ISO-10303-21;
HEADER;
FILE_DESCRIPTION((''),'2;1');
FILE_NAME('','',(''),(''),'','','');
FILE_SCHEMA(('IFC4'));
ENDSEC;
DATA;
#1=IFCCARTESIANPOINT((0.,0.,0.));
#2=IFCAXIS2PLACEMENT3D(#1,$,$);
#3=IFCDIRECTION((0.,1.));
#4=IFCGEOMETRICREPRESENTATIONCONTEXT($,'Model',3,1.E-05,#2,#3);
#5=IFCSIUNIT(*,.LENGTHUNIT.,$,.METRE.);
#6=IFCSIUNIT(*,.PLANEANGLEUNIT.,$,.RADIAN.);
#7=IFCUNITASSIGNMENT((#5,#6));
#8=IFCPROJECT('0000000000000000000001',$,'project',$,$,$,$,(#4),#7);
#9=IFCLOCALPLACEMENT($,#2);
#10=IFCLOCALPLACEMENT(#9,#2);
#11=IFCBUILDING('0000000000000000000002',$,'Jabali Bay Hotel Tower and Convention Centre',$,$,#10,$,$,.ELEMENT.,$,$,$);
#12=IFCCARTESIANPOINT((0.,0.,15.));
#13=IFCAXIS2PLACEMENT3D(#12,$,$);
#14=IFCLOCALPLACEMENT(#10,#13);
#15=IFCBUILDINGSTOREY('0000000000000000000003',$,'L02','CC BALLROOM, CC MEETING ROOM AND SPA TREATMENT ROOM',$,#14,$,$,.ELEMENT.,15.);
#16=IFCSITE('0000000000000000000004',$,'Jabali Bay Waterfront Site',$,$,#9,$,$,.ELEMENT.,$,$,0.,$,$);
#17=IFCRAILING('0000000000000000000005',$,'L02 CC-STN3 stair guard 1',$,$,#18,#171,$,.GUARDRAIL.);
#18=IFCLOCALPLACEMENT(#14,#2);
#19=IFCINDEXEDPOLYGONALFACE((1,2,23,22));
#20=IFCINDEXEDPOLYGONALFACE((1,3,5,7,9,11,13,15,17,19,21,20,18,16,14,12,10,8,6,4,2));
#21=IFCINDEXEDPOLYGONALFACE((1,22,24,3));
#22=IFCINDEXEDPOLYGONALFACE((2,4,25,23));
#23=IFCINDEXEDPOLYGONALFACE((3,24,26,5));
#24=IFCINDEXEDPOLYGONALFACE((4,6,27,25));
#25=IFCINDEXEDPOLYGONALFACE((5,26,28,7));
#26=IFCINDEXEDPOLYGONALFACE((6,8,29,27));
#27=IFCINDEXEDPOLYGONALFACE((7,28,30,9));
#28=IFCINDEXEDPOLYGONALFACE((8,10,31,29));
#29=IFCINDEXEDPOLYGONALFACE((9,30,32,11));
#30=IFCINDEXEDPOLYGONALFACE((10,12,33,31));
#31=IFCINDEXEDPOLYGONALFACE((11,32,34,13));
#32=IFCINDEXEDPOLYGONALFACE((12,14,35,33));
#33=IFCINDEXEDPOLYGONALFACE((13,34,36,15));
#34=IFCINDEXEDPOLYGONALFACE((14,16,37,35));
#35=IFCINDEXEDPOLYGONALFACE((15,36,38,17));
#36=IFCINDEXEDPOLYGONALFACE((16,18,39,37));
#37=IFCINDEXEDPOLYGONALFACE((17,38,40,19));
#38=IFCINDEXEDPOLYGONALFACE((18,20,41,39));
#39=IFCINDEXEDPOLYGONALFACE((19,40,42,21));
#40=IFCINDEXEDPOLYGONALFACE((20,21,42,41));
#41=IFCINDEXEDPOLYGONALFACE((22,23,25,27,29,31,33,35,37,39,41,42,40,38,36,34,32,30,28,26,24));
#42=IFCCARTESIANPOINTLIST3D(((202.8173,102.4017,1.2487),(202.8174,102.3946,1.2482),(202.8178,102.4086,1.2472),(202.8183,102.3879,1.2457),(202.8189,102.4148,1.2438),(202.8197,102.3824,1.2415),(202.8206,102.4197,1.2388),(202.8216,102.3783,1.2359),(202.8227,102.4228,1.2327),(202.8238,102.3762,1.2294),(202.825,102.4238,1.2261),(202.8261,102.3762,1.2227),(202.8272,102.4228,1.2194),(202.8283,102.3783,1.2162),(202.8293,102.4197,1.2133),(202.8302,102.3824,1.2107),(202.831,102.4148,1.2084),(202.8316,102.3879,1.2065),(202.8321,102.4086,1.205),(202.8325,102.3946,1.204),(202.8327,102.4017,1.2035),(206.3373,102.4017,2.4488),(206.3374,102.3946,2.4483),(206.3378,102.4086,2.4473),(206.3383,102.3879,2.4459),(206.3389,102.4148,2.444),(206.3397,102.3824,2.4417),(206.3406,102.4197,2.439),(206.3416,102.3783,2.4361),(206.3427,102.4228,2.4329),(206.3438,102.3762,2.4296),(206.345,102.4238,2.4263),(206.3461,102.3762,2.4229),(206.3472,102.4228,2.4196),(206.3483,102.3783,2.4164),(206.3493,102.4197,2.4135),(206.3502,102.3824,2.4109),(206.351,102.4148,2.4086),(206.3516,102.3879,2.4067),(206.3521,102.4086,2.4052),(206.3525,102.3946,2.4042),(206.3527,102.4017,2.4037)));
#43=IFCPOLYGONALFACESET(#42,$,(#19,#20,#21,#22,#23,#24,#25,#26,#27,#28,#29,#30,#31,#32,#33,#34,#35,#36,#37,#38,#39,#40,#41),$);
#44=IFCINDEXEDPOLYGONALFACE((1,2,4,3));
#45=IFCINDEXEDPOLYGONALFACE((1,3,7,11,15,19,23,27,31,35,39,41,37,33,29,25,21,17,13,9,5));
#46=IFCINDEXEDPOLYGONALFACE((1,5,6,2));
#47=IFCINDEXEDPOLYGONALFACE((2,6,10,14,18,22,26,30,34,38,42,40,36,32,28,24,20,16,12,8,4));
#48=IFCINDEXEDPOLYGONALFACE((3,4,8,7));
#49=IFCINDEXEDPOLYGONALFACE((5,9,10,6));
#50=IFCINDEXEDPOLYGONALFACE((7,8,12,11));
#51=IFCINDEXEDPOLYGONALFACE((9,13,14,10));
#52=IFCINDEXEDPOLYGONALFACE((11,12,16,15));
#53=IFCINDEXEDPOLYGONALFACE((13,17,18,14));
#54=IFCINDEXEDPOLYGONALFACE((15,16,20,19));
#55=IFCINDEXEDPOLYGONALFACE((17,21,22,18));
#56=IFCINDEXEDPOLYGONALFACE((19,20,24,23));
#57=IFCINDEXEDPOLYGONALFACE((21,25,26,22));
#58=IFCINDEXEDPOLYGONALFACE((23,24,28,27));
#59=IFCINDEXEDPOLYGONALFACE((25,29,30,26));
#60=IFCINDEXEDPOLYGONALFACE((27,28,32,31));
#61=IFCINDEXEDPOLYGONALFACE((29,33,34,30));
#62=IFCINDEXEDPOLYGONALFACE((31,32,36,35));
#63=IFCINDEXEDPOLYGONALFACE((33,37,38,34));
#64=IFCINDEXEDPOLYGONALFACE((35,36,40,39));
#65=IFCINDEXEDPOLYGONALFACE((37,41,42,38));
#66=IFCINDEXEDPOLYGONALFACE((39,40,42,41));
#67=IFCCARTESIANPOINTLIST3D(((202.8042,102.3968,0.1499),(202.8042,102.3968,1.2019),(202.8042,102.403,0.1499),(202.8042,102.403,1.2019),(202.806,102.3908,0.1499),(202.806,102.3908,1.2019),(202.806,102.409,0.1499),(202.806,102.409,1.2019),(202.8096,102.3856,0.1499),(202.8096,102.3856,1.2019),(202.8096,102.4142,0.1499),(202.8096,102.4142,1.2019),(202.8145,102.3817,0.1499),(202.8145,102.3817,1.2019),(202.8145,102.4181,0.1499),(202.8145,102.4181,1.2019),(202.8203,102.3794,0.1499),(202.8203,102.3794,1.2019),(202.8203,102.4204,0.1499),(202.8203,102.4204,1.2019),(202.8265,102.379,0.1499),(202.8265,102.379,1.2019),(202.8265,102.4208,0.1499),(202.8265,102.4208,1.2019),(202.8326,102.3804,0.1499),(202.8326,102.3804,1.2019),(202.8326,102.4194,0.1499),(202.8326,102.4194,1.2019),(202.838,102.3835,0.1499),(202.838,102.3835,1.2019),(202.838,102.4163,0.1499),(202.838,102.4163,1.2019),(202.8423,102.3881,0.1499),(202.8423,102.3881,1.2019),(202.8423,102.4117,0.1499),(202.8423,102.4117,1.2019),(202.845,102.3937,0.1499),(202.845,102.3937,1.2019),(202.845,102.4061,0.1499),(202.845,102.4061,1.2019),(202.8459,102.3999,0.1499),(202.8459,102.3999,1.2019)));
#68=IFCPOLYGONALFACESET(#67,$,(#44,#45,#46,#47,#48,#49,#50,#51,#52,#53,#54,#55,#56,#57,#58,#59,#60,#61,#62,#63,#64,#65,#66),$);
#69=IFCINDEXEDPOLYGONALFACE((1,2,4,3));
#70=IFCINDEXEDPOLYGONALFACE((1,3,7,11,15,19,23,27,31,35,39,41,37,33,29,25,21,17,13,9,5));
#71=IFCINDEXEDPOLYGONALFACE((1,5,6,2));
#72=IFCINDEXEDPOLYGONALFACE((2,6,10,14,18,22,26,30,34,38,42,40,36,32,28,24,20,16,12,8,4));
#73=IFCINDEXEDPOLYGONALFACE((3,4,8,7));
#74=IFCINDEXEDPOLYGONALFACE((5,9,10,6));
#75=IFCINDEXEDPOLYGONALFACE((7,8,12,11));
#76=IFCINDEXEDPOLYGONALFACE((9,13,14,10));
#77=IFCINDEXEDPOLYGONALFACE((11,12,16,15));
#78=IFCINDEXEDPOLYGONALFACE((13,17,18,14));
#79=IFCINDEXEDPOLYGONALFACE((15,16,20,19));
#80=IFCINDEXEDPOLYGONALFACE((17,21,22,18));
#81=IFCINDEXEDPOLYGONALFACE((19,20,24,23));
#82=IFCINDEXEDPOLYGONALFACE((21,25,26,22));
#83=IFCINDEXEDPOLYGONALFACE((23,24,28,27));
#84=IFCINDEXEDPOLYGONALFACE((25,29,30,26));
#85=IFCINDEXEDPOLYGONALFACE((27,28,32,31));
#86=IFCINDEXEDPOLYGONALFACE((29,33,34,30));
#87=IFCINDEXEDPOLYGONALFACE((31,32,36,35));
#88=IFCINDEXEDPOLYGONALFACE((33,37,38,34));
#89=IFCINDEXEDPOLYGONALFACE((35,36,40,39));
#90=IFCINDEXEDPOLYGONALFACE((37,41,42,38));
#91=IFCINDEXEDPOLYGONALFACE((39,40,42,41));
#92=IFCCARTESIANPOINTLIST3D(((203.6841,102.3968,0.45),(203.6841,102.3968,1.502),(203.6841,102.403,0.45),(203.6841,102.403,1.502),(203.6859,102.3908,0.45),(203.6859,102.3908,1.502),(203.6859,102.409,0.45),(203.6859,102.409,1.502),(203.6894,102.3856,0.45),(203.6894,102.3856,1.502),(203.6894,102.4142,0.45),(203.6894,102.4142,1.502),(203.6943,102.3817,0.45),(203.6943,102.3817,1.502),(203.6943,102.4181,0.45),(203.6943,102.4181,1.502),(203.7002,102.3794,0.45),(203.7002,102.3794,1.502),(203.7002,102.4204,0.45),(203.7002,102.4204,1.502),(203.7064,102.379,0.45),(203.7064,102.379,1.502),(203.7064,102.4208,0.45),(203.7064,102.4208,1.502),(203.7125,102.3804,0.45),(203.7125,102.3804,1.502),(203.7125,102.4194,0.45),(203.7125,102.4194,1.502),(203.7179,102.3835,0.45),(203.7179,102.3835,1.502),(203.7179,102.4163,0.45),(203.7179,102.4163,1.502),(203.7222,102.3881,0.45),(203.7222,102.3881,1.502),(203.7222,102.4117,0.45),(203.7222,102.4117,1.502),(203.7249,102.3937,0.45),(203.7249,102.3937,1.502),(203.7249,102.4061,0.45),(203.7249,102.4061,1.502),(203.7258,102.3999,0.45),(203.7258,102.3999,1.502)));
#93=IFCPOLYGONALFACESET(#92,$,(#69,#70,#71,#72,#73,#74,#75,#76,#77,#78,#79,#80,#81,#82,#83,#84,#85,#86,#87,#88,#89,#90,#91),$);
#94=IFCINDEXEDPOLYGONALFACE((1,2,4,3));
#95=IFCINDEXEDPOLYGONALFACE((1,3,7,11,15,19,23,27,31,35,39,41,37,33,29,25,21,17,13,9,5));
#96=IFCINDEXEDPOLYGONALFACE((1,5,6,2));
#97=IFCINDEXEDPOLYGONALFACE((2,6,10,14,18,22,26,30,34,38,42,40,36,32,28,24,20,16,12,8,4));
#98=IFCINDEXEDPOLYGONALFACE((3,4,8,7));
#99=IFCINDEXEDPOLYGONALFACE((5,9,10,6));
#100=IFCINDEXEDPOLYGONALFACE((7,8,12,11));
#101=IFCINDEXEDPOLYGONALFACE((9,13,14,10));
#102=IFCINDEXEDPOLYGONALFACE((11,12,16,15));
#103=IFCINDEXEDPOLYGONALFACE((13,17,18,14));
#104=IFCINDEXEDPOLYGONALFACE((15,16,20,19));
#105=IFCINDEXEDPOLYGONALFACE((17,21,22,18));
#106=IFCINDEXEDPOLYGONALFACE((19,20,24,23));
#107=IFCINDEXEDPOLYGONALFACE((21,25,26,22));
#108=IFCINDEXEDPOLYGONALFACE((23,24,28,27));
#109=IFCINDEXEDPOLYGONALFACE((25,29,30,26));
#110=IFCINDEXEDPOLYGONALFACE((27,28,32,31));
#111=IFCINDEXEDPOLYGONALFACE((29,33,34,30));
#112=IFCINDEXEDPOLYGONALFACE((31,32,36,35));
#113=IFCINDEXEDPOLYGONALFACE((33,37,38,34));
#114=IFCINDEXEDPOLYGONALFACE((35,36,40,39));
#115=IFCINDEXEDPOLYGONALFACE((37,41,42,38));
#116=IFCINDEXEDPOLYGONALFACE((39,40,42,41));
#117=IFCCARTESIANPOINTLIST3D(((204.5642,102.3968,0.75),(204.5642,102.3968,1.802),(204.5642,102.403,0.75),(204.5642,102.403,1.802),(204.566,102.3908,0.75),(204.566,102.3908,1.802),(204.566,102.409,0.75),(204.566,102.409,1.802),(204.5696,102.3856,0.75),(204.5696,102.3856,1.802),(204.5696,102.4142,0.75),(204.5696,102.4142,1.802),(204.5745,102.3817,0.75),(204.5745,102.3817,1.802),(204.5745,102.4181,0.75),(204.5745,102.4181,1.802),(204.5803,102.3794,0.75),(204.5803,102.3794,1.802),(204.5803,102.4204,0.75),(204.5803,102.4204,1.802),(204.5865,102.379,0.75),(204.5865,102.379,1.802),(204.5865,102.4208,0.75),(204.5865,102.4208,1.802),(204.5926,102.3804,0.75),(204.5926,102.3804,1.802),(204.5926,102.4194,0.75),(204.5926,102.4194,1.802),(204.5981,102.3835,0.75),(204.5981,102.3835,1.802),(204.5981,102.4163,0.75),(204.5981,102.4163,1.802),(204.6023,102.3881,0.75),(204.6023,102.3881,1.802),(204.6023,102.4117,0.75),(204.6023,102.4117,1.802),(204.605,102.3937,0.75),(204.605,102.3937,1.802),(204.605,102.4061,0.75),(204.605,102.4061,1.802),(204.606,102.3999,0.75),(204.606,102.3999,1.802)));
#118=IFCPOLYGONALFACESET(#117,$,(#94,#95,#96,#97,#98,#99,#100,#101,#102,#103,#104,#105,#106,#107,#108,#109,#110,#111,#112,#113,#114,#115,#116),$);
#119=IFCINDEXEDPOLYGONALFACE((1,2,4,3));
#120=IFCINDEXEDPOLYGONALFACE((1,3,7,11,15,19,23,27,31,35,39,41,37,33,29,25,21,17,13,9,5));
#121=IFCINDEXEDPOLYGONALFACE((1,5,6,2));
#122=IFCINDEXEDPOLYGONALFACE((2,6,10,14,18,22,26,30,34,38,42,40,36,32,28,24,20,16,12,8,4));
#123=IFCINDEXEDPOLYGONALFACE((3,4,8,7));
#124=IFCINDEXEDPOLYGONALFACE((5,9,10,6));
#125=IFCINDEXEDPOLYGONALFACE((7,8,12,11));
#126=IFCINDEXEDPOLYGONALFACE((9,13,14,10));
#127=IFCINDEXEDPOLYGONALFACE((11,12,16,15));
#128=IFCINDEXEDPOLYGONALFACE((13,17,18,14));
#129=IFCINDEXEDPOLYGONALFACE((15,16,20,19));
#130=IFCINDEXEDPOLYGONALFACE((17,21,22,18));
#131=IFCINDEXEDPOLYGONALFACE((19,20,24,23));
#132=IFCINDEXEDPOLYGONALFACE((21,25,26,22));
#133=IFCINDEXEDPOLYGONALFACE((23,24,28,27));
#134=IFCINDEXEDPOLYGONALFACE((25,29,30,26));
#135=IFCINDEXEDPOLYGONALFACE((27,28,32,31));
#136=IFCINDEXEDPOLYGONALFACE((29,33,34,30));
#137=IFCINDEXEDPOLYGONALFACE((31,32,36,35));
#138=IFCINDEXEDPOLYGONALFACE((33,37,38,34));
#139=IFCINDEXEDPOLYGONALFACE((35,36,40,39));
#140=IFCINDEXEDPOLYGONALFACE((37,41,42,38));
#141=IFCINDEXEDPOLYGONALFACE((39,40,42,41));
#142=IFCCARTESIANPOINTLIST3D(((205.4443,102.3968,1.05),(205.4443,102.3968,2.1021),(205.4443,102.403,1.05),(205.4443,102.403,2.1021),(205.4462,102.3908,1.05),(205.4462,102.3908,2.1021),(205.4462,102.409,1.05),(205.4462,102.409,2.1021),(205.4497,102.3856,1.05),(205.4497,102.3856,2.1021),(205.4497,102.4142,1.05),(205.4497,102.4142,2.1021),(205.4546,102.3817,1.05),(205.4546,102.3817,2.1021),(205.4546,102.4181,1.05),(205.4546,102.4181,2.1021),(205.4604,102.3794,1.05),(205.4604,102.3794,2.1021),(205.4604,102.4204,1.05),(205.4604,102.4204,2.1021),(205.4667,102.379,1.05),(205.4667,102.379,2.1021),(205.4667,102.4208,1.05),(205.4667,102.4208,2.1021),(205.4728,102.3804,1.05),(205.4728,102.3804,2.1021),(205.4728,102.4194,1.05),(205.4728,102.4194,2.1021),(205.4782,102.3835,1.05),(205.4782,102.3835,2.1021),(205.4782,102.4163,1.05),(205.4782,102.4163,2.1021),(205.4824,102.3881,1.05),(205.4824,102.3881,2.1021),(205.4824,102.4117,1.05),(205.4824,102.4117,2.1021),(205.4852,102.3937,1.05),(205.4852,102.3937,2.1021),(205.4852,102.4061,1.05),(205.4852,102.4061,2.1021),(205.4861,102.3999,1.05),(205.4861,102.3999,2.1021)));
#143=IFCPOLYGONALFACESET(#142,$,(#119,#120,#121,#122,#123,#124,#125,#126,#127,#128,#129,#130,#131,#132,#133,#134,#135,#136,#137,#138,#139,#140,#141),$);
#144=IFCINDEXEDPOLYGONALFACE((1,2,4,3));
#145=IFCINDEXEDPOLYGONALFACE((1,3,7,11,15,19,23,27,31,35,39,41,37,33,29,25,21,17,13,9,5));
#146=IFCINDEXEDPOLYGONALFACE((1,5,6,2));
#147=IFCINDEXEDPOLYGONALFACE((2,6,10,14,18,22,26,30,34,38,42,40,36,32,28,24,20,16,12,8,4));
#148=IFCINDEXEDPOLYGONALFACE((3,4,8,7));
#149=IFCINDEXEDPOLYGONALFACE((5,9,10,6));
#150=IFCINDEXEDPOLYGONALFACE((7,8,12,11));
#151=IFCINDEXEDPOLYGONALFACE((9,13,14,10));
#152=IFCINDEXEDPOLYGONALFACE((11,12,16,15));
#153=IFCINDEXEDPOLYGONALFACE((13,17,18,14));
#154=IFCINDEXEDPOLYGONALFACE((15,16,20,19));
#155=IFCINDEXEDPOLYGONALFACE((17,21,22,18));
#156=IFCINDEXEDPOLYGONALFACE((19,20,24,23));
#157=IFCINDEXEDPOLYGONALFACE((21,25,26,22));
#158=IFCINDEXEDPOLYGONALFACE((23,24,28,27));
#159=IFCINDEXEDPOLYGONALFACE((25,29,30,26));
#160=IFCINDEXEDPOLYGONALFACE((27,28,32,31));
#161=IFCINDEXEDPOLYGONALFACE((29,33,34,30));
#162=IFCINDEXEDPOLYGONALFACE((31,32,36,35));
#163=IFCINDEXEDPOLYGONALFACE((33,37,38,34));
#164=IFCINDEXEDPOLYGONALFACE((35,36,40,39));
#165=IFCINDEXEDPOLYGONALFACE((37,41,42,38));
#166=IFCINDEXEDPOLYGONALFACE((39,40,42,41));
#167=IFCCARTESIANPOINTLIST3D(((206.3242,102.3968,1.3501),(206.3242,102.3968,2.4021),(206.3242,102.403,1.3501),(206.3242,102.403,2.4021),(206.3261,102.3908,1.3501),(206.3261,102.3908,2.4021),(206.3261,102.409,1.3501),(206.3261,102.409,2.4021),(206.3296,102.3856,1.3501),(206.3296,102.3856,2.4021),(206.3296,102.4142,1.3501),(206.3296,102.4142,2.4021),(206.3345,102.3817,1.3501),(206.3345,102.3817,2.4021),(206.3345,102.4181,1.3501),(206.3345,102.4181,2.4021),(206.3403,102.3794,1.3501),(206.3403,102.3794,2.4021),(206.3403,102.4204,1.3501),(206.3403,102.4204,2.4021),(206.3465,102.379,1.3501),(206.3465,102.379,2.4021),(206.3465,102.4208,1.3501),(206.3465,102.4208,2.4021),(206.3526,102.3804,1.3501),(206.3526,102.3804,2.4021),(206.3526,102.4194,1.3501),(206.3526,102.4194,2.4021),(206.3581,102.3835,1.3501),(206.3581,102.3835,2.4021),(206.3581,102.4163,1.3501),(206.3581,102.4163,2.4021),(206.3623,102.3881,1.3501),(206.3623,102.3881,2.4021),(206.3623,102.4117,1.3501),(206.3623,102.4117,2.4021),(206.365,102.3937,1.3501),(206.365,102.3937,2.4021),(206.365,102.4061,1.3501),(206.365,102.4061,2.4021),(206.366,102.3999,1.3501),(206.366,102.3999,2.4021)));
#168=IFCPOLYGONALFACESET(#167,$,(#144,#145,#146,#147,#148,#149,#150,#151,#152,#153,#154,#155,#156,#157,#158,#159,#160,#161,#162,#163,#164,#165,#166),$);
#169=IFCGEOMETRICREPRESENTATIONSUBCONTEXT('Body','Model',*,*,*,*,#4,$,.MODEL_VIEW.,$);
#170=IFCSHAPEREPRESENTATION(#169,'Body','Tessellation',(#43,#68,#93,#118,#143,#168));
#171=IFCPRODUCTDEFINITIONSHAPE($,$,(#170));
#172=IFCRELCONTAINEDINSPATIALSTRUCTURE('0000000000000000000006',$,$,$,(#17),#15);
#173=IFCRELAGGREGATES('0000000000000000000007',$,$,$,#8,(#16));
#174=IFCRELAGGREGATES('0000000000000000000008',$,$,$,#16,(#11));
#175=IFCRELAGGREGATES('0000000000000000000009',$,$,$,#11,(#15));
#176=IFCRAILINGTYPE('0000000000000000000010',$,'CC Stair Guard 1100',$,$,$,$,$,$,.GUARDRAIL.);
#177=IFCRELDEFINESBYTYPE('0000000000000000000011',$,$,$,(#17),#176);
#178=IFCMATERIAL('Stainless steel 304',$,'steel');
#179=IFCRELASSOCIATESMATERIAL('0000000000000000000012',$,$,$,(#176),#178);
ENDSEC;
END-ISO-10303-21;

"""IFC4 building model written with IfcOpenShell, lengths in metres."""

from ifc_helpers import new_model, si_unit, direction, frame, origin, origin_2d, place, context, subcontext, project, spatial, circle, extrude, material, type_object, element, save


model = new_model("IFC4")

# Units and contexts
model_context = context("Model", 3, precision=1e-05, world=origin(), true_north=direction((0.0, 1.0)))
body_context = subcontext(model_context, "Body", "Model", "MODEL_VIEW")
ifc_project = project(units=[si_unit("LENGTHUNIT", "METRE"), si_unit("PLANEANGLEUNIT", "RADIAN")], contexts=[model_context])

# Site, building, storey
site_placement = place(None, origin())
site = spatial("IfcSite", under=ifc_project, at=site_placement, Name="Jabali Bay Waterfront Site", CompositionType="ELEMENT", RefElevation=0.0)
building_placement = place(site_placement, origin())
building = spatial("IfcBuilding", under=site, at=building_placement, Name="Jabali Bay Hotel Tower and Convention Centre", CompositionType="ELEMENT")
storey_placement = place(building_placement, frame((0.0, 0.0, 15.0)))
storey = spatial("IfcBuildingStorey", under=building, at=storey_placement, Name="L02", Description="CC BALLROOM, CC MEETING ROOM AND SPA TREATMENT ROOM", CompositionType="ELEMENT", Elevation=15.0)

# Railing
ifc_material_1 = material(Name="Stainless steel 304", Category="steel")
railing_type_1 = type_object("IfcRailingType", Name="CC Stair Guard 1100", PredefinedType="GUARDRAIL", material=ifc_material_1)
railing_1_placement = place(storey_placement, frame((202.825, 102.3999, 0.1499)))
element("IfcRailing", 1, at=railing_1_placement, inside=storey, type_object=railing_type_1, Name="L02 CC-STN3 stair guard 1", PredefinedType="GUARDRAIL", context=body_context, shape_type="SweptSolid", body=[
    extrude(circle(Radius=0.0239, at=origin_2d()), frame((0.0, 0.0, 1.0762), z_axis=(0.946495, 0.0, 0.322719), x_axis=(0.0, 1.0, 0.0)), (0.0, 0.0, 1.0), 3.719),
    extrude(circle(Radius=0.021, at=origin_2d()), origin(), (0.0, 0.0, 1.0), 1.052),
    extrude(circle(Radius=0.021, at=origin_2d()), frame((0.8799, 0.0, 0.3)), (0.0, 0.0, 1.0), 1.052),
    extrude(circle(Radius=0.021, at=origin_2d()), frame((1.76, 0.0, 0.6001)), (0.0, 0.0, 1.0), 1.052),
    extrude(circle(Radius=0.021, at=origin_2d()), frame((2.6401, 0.0, 0.9001)), (0.0, 0.0, 1.0), 1.052),
    extrude(circle(Radius=0.021, at=origin_2d()), frame((3.52, 0.0, 1.2002)), (0.0, 0.0, 1.0), 1.052),
])

save(model, "model.ifc")
